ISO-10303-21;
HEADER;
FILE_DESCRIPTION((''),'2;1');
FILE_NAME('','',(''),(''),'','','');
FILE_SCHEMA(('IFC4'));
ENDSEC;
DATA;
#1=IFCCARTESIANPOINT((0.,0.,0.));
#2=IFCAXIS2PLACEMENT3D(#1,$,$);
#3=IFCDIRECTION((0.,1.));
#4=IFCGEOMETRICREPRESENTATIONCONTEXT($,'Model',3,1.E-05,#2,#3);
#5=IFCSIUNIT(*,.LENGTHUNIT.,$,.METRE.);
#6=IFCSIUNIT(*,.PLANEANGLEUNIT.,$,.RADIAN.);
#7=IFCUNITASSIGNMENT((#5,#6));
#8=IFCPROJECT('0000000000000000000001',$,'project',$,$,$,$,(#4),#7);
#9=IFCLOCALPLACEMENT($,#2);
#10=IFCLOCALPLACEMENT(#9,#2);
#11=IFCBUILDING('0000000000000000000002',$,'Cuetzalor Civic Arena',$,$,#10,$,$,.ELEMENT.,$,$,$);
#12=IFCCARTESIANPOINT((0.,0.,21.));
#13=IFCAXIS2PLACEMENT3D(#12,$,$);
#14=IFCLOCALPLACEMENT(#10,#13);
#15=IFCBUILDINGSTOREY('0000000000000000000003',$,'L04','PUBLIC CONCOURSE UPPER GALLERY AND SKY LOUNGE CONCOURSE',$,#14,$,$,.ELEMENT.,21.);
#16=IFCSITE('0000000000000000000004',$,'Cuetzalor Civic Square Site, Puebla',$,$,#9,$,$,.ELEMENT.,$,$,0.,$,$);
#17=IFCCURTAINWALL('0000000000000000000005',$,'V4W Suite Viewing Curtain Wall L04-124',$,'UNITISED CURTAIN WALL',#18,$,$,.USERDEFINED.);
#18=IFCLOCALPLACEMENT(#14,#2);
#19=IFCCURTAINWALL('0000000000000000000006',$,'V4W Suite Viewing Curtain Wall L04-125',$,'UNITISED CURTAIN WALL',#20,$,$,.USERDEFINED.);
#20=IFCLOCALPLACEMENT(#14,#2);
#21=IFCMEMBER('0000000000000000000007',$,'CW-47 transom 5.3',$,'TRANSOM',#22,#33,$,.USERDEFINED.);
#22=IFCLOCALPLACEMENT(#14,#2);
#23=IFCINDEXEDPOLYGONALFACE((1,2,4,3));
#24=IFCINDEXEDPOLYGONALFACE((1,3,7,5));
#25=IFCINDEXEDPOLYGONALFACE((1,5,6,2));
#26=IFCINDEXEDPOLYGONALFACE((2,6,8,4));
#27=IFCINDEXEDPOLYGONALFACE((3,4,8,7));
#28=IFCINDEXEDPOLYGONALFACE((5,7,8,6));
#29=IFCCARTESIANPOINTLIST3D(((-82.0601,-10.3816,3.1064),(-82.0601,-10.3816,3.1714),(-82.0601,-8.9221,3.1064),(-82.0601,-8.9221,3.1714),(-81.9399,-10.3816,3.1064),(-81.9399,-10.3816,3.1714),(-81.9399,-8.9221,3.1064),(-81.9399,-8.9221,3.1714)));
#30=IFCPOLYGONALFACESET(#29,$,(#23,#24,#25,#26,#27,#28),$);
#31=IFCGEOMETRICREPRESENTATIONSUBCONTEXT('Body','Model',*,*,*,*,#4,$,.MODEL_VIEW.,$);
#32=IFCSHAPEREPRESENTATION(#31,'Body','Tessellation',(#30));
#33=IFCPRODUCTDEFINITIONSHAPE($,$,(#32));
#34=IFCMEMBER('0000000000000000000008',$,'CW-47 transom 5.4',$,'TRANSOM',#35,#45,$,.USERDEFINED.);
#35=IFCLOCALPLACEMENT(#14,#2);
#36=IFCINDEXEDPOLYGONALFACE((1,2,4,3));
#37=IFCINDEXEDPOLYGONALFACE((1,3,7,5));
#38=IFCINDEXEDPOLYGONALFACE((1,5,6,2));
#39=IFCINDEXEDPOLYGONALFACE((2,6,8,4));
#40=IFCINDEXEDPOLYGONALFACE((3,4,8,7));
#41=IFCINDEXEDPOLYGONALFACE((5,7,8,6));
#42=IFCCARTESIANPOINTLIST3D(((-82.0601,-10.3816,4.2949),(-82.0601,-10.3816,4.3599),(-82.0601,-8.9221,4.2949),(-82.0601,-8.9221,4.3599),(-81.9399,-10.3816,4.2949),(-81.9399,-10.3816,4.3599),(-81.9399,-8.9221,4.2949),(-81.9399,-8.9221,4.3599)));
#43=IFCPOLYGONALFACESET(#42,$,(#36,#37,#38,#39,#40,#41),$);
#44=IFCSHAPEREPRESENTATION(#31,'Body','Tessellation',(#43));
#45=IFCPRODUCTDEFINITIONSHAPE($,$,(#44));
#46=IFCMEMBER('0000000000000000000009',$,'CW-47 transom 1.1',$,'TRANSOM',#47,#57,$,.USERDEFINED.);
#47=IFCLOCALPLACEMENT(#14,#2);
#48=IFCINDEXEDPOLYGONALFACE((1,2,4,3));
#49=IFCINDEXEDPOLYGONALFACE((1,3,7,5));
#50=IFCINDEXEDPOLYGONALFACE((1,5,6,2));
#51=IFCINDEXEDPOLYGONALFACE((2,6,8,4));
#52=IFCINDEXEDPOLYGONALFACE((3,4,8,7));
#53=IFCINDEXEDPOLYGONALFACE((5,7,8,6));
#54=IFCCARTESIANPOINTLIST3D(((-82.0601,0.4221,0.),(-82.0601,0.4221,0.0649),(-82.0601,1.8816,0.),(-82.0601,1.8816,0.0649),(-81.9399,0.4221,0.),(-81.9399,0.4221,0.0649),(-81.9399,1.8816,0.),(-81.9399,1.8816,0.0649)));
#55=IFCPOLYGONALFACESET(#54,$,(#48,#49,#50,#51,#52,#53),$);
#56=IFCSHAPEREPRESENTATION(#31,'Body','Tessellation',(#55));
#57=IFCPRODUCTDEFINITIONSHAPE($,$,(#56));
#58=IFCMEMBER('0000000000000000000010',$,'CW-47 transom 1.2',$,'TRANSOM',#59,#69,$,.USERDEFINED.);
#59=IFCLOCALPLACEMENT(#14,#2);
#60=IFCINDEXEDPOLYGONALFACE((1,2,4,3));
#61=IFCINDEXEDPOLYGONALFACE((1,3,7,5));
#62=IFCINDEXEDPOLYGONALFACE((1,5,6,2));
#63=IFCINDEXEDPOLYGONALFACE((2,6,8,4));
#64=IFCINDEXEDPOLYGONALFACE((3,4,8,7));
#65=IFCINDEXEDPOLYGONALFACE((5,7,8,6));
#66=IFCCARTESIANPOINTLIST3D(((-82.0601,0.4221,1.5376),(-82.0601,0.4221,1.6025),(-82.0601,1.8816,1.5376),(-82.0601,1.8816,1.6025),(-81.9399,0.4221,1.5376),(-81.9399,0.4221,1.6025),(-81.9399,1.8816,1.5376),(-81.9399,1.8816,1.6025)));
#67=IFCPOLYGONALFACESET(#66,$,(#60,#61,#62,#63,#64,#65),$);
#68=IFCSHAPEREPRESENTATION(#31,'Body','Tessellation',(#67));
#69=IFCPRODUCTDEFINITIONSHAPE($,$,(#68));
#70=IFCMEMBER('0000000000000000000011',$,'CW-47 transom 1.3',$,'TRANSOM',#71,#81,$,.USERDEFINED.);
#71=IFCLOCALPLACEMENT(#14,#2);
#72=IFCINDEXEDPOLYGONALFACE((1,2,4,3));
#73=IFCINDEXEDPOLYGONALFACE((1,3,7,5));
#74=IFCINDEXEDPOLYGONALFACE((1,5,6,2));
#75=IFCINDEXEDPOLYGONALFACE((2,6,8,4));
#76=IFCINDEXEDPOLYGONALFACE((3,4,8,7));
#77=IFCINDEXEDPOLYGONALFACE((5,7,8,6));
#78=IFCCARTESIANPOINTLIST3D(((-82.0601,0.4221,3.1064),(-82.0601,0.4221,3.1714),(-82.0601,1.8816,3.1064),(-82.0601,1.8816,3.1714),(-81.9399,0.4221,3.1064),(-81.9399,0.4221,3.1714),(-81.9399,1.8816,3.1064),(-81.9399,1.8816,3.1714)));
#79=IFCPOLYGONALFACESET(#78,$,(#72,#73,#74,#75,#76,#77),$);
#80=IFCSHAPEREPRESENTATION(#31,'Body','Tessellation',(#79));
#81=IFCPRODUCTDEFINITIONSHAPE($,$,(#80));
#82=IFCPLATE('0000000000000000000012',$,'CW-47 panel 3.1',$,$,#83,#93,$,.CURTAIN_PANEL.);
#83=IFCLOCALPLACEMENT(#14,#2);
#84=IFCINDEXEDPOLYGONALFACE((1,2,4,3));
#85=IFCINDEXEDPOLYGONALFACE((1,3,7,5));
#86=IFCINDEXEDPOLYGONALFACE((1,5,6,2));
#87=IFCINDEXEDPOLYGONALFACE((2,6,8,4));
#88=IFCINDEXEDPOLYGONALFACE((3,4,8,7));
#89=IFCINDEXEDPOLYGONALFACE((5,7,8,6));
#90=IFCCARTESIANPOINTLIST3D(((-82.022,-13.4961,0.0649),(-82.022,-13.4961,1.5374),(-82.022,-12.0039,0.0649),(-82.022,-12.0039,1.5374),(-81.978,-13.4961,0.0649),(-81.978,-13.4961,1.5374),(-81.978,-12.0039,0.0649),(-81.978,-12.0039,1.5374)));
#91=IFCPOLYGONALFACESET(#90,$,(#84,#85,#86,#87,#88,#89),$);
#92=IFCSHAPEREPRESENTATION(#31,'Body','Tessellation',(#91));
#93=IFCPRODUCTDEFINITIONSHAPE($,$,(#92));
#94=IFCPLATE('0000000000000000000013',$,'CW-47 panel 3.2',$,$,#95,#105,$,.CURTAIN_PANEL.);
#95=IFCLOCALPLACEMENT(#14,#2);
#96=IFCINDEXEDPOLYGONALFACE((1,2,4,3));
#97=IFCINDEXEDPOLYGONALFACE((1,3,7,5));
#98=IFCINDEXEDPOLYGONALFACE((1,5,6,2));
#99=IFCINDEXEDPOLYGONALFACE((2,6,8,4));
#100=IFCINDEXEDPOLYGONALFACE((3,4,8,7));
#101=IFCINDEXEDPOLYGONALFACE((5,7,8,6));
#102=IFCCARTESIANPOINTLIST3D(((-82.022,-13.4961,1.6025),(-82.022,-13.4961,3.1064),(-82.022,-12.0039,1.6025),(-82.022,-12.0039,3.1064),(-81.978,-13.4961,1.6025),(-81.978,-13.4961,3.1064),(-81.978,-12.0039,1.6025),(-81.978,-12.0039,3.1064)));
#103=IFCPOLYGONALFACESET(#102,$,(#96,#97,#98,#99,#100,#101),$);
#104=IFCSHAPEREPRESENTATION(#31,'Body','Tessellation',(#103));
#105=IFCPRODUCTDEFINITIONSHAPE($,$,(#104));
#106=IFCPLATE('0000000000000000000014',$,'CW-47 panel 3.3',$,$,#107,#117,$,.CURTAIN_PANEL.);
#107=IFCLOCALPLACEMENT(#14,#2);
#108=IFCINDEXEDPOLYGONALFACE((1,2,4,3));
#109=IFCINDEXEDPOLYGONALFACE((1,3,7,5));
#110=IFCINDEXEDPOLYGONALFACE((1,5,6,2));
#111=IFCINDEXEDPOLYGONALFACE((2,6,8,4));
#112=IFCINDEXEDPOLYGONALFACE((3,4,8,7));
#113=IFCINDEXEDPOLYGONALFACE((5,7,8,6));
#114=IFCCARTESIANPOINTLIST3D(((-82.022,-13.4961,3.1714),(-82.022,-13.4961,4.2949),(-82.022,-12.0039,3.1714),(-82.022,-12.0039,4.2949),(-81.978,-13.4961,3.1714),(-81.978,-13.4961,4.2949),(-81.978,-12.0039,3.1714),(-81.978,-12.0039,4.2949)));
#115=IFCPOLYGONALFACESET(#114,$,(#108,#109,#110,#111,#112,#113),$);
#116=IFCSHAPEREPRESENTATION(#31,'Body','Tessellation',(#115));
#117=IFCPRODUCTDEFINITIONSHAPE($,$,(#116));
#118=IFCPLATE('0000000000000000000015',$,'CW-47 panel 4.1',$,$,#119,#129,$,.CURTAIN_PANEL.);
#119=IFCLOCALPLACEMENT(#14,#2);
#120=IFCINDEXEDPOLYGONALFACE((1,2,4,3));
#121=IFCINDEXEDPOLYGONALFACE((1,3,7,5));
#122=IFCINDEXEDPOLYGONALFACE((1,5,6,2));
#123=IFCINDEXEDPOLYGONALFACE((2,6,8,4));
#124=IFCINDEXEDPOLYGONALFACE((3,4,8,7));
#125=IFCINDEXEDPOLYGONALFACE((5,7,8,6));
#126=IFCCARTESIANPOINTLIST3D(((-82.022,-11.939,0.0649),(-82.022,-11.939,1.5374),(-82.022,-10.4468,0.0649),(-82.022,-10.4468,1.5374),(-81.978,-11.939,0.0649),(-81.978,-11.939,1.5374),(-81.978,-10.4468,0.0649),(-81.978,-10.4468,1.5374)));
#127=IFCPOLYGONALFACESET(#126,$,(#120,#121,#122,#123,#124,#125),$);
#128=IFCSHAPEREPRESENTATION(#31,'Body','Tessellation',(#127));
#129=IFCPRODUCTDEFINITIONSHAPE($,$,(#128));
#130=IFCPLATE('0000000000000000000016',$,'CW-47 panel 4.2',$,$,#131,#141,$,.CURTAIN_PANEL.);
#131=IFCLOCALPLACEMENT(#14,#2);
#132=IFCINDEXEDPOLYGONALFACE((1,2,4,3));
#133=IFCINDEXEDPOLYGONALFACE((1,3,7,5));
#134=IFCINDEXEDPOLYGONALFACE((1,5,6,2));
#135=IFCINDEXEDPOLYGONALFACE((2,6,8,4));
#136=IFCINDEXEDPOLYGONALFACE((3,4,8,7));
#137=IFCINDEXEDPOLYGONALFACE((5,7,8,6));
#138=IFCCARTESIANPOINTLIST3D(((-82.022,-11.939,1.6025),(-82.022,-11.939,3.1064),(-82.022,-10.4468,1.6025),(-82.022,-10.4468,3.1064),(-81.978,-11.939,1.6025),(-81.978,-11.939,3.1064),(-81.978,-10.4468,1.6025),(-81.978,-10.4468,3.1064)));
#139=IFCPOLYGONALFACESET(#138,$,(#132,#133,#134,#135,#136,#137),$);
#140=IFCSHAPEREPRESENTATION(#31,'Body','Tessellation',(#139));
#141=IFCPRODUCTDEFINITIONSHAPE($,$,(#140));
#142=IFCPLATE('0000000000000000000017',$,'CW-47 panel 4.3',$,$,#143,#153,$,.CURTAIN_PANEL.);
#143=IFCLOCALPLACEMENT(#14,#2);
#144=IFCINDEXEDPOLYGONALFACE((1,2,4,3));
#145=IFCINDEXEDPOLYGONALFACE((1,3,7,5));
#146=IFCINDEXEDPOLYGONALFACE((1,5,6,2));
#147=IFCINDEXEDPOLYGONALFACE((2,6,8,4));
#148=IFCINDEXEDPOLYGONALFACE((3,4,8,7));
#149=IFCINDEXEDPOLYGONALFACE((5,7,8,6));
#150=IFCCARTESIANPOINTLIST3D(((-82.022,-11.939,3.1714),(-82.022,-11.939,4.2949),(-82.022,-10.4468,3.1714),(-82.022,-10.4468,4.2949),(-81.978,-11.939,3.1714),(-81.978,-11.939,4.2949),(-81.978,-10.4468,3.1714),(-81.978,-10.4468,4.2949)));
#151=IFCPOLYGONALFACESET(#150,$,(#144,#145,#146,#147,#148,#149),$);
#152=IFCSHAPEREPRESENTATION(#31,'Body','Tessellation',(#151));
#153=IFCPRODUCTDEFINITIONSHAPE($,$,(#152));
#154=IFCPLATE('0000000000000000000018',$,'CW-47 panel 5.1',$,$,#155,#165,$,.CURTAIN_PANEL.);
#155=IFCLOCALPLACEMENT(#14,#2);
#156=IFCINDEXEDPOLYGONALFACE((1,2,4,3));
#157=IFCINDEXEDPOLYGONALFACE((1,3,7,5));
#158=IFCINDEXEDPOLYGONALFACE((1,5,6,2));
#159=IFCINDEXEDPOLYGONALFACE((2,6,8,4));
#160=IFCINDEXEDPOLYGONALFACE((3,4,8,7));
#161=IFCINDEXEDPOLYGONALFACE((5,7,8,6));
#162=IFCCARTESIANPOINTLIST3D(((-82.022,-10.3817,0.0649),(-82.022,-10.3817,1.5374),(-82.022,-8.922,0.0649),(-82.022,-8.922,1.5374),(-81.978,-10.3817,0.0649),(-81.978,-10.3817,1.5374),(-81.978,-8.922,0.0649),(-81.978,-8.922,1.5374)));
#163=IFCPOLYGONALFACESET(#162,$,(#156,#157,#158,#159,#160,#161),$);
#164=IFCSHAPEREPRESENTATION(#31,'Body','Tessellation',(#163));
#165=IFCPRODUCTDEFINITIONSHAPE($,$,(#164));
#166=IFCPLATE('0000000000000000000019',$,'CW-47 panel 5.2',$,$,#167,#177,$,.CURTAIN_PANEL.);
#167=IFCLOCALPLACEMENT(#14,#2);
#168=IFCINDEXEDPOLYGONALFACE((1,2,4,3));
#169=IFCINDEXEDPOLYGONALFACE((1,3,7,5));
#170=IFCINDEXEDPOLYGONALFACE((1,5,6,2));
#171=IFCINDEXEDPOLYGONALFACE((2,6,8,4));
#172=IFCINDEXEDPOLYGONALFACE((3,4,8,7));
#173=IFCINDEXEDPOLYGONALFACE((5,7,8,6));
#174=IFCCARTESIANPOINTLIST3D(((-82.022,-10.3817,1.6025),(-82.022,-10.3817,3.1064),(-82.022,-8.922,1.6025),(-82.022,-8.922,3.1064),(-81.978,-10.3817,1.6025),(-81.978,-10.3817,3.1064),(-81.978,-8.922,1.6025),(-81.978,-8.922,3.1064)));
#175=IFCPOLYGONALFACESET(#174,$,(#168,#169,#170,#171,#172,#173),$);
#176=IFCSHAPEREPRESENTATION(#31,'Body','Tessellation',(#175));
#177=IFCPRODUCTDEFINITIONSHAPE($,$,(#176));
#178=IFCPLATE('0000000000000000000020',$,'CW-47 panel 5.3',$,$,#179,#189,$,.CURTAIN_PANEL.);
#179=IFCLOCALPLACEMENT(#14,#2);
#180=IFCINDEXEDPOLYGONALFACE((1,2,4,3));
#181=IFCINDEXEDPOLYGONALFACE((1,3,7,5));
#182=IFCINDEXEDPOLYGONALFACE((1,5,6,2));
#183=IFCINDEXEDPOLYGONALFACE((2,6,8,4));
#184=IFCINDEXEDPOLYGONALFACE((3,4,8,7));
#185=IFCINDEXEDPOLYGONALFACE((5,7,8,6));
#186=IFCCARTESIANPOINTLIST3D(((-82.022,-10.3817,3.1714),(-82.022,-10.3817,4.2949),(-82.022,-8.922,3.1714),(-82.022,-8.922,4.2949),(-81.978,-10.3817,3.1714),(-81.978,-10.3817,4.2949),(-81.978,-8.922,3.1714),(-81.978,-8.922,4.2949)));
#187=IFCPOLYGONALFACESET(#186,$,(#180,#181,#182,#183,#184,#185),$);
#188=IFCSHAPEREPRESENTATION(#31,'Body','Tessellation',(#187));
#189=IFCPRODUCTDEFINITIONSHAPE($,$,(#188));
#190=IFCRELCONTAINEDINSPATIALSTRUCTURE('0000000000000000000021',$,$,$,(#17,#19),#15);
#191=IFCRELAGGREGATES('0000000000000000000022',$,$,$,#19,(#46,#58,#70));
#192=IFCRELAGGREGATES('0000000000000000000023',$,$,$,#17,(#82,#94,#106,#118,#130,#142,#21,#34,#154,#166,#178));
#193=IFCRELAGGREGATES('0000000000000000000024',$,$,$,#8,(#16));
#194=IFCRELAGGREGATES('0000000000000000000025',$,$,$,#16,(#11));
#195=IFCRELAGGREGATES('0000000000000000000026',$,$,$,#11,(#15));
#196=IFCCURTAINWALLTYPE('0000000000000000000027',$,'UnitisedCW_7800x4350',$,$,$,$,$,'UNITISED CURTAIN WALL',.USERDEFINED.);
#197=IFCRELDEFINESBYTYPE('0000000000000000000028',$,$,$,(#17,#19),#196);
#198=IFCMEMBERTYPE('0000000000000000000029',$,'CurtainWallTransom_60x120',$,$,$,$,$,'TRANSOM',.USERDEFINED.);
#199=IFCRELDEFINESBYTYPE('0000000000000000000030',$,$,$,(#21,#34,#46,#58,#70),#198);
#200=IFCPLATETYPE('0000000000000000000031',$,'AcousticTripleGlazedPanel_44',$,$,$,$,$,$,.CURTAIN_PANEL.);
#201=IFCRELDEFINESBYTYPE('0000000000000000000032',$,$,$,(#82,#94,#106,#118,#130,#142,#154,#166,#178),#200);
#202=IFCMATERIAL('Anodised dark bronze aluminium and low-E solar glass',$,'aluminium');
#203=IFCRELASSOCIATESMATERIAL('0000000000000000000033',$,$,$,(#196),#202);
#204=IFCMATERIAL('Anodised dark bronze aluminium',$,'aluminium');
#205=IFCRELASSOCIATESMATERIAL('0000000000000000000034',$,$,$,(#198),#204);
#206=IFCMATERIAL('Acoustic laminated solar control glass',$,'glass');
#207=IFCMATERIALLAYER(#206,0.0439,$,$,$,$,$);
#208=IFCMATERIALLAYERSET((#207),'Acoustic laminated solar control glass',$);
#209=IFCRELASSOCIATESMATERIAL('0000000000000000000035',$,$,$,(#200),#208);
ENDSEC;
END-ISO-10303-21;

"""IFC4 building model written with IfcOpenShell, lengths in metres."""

from ifc_helpers import new_model, si_unit, direction, frame, origin, origin_2d, place, context, subcontext, project, spatial, rectangle, extrude, material, layer, layer_set, material_profile, profile_set, type_object, element, aggregate, save


model = new_model("IFC4")

# Units and contexts
model_context = context("Model", 3, precision=1e-05, world=origin(), true_north=direction((0.0, 1.0)))
body_context = subcontext(model_context, "Body", "Model", "MODEL_VIEW")
ifc_project = project(units=[si_unit("LENGTHUNIT", "METRE"), si_unit("PLANEANGLEUNIT", "RADIAN")], contexts=[model_context])

# Site, building, storey
site_placement = place(None, origin())
site = spatial("IfcSite", under=ifc_project, at=site_placement, Name="Cuetzalor Civic Square Site, Puebla", CompositionType="ELEMENT", RefElevation=0.0)
building_placement = place(site_placement, origin())
building = spatial("IfcBuilding", under=site, at=building_placement, Name="Cuetzalor Civic Arena", CompositionType="ELEMENT")
storey_placement = place(building_placement, frame((0.0, 0.0, 21.0)))
storey = spatial("IfcBuildingStorey", under=building, at=storey_placement, Name="L04", Description="PUBLIC CONCOURSE UPPER GALLERY AND SKY LOUNGE CONCOURSE", CompositionType="ELEMENT", Elevation=21.0)

# Curtain wall
ifc_material_1 = material(Name="Anodised dark bronze aluminium and low-E solar glass", Category="aluminium")
curtain_wall_type = type_object("IfcCurtainWallType", Name="UnitisedCW_7800x4350", ElementType="UNITISED CURTAIN WALL", PredefinedType="USERDEFINED", material=ifc_material_1)
curtain_wall_1_placement = place(storey_placement, origin())
curtain_wall_1 = element("IfcCurtainWall", 1, at=curtain_wall_1_placement, inside=storey, type_object=curtain_wall_type, Name="V4W Suite Viewing Curtain Wall L04-124", ObjectType="UNITISED CURTAIN WALL", PredefinedType="USERDEFINED")

# Curtain wall
curtain_wall_2_placement = place(storey_placement, origin())
curtain_wall_2 = element("IfcCurtainWall", 2, at=curtain_wall_2_placement, inside=storey, type_object=curtain_wall_type, Name="V4W Suite Viewing Curtain Wall L04-125", ObjectType="UNITISED CURTAIN WALL", PredefinedType="USERDEFINED")

# Members
ifc_material_2 = material(Name="Anodised dark bronze aluminium", Category="aluminium")
ifc_material_profile_1 = material_profile(ifc_material_2, rectangle(XDim=0.1201, YDim=0.0649, at=origin_2d()), Name="ALU TRANSOM 65x120")
ifc_profile_set_1 = profile_set([ifc_material_profile_1], Name="Anodised dark bronze aluminium")
member_type_1 = type_object("IfcMemberType", Name="CurtainWallTransom_60x120", ElementType="TRANSOM", PredefinedType="USERDEFINED", material=ifc_profile_set_1)
member_1_placement = place(storey_placement, frame((-82.0, -10.3816, 3.1389), z_axis=(0.0, 1.0, 0.0), x_axis=(-1.0, 0.0, 0.0)))
member_1 = element("IfcMember", 3, at=member_1_placement, type_object=member_type_1, Name="CW-47 transom 5.3", ObjectType="TRANSOM", PredefinedType="USERDEFINED", context=body_context, shape_type="SweptSolid", body=[
    extrude(rectangle(XDim=0.1201, YDim=0.0649, at=origin_2d()), origin(), (0.0, 0.0, 1.0), 1.4595),
])
member_2_placement = place(storey_placement, frame((-82.0, -10.3816, 4.3274), z_axis=(0.0, 1.0, 0.0), x_axis=(-1.0, 0.0, 0.0)))
member_2 = element("IfcMember", 4, at=member_2_placement, type_object=member_type_1, Name="CW-47 transom 5.4", ObjectType="TRANSOM", PredefinedType="USERDEFINED", context=body_context, shape_type="SweptSolid", body=[
    extrude(rectangle(XDim=0.1201, YDim=0.0649, at=origin_2d()), origin(), (0.0, 0.0, 1.0), 1.4595),
])
member_3_placement = place(storey_placement, frame((-82.0, 0.4221, 0.0325), z_axis=(0.0, 1.0, 0.0), x_axis=(-1.0, 0.0, 0.0)))
member_3 = element("IfcMember", 5, at=member_3_placement, type_object=member_type_1, Name="CW-47 transom 1.1", ObjectType="TRANSOM", PredefinedType="USERDEFINED", context=body_context, shape_type="SweptSolid", body=[
    extrude(rectangle(XDim=0.1201, YDim=0.0649, at=origin_2d()), origin(), (0.0, 0.0, 1.0), 1.4595),
])
member_4_placement = place(storey_placement, frame((-82.0, 0.4221, 1.5701), z_axis=(0.0, 1.0, 0.0), x_axis=(-1.0, 0.0, 0.0)))
member_4 = element("IfcMember", 6, at=member_4_placement, type_object=member_type_1, Name="CW-47 transom 1.2", ObjectType="TRANSOM", PredefinedType="USERDEFINED", context=body_context, shape_type="SweptSolid", body=[
    extrude(rectangle(XDim=0.1201, YDim=0.0649, at=origin_2d()), origin(), (0.0, 0.0, 1.0), 1.4595),
])
member_5_placement = place(storey_placement, frame((-82.0, 0.4221, 3.1389), z_axis=(0.0, 1.0, 0.0), x_axis=(-1.0, 0.0, 0.0)))
member_5 = element("IfcMember", 7, at=member_5_placement, type_object=member_type_1, Name="CW-47 transom 1.3", ObjectType="TRANSOM", PredefinedType="USERDEFINED", context=body_context, shape_type="SweptSolid", body=[
    extrude(rectangle(XDim=0.1201, YDim=0.0649, at=origin_2d()), origin(), (0.0, 0.0, 1.0), 1.4595),
])
aggregate(curtain_wall_2, [member_3, member_4, member_5])

# Plates
ifc_material_3 = material(Name="Acoustic laminated solar control glass", Category="glass")
ifc_layer_1 = layer(ifc_material_3, 0.0439)
ifc_layer_set_1 = layer_set([ifc_layer_1], Name="Acoustic laminated solar control glass")
plate_type = type_object("IfcPlateType", Name="AcousticTripleGlazedPanel_44", PredefinedType="CURTAIN_PANEL", material=ifc_layer_set_1)
plate_1_placement = place(storey_placement, frame((-82.0, -12.75, 0.0649), z_axis=(0.0, 0.0, 1.0), x_axis=(0.0, 1.0, 0.0)))
plate_1 = element("IfcPlate", 8, at=plate_1_placement, type_object=plate_type, Name="CW-47 panel 3.1", PredefinedType="CURTAIN_PANEL", context=body_context, shape_type="SweptSolid", body=[
    extrude(rectangle(XDim=1.4922, YDim=0.0439, at=origin_2d()), origin(), (0.0, 0.0, 1.0), 1.4724),
])
plate_2_placement = place(storey_placement, frame((-82.0, -12.75, 1.6025), z_axis=(0.0, 0.0, 1.0), x_axis=(0.0, 1.0, 0.0)))
plate_2 = element("IfcPlate", 9, at=plate_2_placement, type_object=plate_type, Name="CW-47 panel 3.2", PredefinedType="CURTAIN_PANEL", context=body_context, shape_type="SweptSolid", body=[
    extrude(rectangle(XDim=1.4922, YDim=0.0439, at=origin_2d()), origin(), (0.0, 0.0, 1.0), 1.5039),
])
plate_3_placement = place(storey_placement, frame((-82.0, -12.75, 3.1714), z_axis=(0.0, 0.0, 1.0), x_axis=(0.0, 1.0, 0.0)))
plate_3 = element("IfcPlate", 10, at=plate_3_placement, type_object=plate_type, Name="CW-47 panel 3.3", PredefinedType="CURTAIN_PANEL", context=body_context, shape_type="SweptSolid", body=[
    extrude(rectangle(XDim=1.4922, YDim=0.0439, at=origin_2d()), origin(), (0.0, 0.0, 1.0), 1.1235),
])
plate_4_placement = place(storey_placement, frame((-82.0, -11.1929, 0.0649), z_axis=(0.0, 0.0, 1.0), x_axis=(0.0, 1.0, 0.0)))
plate_4 = element("IfcPlate", 11, at=plate_4_placement, type_object=plate_type, Name="CW-47 panel 4.1", PredefinedType="CURTAIN_PANEL", context=body_context, shape_type="SweptSolid", body=[
    extrude(rectangle(XDim=1.4922, YDim=0.0439, at=origin_2d()), origin(), (0.0, 0.0, 1.0), 1.4724),
])
plate_5_placement = place(storey_placement, frame((-82.0, -11.1929, 1.6025), z_axis=(0.0, 0.0, 1.0), x_axis=(0.0, 1.0, 0.0)))
plate_5 = element("IfcPlate", 12, at=plate_5_placement, type_object=plate_type, Name="CW-47 panel 4.2", PredefinedType="CURTAIN_PANEL", context=body_context, shape_type="SweptSolid", body=[
    extrude(rectangle(XDim=1.4922, YDim=0.0439, at=origin_2d()), origin(), (0.0, 0.0, 1.0), 1.5039),
])
plate_6_placement = place(storey_placement, frame((-82.0, -11.1929, 3.1714), z_axis=(0.0, 0.0, 1.0), x_axis=(0.0, 1.0, 0.0)))
plate_6 = element("IfcPlate", 13, at=plate_6_placement, type_object=plate_type, Name="CW-47 panel 4.3", PredefinedType="CURTAIN_PANEL", context=body_context, shape_type="SweptSolid", body=[
    extrude(rectangle(XDim=1.4922, YDim=0.0439, at=origin_2d()), origin(), (0.0, 0.0, 1.0), 1.1235),
])
plate_7_placement = place(storey_placement, frame((-82.0, -9.6519, 0.0649), z_axis=(0.0, 0.0, 1.0), x_axis=(0.0, 1.0, 0.0)))
plate_7 = element("IfcPlate", 14, at=plate_7_placement, type_object=plate_type, Name="CW-47 panel 5.1", PredefinedType="CURTAIN_PANEL", context=body_context, shape_type="SweptSolid", body=[
    extrude(rectangle(XDim=1.4597, YDim=0.0439, at=origin_2d()), origin(), (0.0, 0.0, 1.0), 1.4724),
])
plate_8_placement = place(storey_placement, frame((-82.0, -9.6519, 1.6025), z_axis=(0.0, 0.0, 1.0), x_axis=(0.0, 1.0, 0.0)))
plate_8 = element("IfcPlate", 15, at=plate_8_placement, type_object=plate_type, Name="CW-47 panel 5.2", PredefinedType="CURTAIN_PANEL", context=body_context, shape_type="SweptSolid", body=[
    extrude(rectangle(XDim=1.4597, YDim=0.0439, at=origin_2d()), origin(), (0.0, 0.0, 1.0), 1.5039),
])
plate_9_placement = place(storey_placement, frame((-82.0, -9.6519, 3.1714), z_axis=(0.0, 0.0, 1.0), x_axis=(0.0, 1.0, 0.0)))
plate_9 = element("IfcPlate", 16, at=plate_9_placement, type_object=plate_type, Name="CW-47 panel 5.3", PredefinedType="CURTAIN_PANEL", context=body_context, shape_type="SweptSolid", body=[
    extrude(rectangle(XDim=1.4597, YDim=0.0439, at=origin_2d()), origin(), (0.0, 0.0, 1.0), 1.1235),
])
aggregate(curtain_wall_1, [plate_1, plate_2, plate_3, plate_4, plate_5, plate_6, member_1, member_2, plate_7, plate_8, plate_9])

save(model, "model.ifc")
